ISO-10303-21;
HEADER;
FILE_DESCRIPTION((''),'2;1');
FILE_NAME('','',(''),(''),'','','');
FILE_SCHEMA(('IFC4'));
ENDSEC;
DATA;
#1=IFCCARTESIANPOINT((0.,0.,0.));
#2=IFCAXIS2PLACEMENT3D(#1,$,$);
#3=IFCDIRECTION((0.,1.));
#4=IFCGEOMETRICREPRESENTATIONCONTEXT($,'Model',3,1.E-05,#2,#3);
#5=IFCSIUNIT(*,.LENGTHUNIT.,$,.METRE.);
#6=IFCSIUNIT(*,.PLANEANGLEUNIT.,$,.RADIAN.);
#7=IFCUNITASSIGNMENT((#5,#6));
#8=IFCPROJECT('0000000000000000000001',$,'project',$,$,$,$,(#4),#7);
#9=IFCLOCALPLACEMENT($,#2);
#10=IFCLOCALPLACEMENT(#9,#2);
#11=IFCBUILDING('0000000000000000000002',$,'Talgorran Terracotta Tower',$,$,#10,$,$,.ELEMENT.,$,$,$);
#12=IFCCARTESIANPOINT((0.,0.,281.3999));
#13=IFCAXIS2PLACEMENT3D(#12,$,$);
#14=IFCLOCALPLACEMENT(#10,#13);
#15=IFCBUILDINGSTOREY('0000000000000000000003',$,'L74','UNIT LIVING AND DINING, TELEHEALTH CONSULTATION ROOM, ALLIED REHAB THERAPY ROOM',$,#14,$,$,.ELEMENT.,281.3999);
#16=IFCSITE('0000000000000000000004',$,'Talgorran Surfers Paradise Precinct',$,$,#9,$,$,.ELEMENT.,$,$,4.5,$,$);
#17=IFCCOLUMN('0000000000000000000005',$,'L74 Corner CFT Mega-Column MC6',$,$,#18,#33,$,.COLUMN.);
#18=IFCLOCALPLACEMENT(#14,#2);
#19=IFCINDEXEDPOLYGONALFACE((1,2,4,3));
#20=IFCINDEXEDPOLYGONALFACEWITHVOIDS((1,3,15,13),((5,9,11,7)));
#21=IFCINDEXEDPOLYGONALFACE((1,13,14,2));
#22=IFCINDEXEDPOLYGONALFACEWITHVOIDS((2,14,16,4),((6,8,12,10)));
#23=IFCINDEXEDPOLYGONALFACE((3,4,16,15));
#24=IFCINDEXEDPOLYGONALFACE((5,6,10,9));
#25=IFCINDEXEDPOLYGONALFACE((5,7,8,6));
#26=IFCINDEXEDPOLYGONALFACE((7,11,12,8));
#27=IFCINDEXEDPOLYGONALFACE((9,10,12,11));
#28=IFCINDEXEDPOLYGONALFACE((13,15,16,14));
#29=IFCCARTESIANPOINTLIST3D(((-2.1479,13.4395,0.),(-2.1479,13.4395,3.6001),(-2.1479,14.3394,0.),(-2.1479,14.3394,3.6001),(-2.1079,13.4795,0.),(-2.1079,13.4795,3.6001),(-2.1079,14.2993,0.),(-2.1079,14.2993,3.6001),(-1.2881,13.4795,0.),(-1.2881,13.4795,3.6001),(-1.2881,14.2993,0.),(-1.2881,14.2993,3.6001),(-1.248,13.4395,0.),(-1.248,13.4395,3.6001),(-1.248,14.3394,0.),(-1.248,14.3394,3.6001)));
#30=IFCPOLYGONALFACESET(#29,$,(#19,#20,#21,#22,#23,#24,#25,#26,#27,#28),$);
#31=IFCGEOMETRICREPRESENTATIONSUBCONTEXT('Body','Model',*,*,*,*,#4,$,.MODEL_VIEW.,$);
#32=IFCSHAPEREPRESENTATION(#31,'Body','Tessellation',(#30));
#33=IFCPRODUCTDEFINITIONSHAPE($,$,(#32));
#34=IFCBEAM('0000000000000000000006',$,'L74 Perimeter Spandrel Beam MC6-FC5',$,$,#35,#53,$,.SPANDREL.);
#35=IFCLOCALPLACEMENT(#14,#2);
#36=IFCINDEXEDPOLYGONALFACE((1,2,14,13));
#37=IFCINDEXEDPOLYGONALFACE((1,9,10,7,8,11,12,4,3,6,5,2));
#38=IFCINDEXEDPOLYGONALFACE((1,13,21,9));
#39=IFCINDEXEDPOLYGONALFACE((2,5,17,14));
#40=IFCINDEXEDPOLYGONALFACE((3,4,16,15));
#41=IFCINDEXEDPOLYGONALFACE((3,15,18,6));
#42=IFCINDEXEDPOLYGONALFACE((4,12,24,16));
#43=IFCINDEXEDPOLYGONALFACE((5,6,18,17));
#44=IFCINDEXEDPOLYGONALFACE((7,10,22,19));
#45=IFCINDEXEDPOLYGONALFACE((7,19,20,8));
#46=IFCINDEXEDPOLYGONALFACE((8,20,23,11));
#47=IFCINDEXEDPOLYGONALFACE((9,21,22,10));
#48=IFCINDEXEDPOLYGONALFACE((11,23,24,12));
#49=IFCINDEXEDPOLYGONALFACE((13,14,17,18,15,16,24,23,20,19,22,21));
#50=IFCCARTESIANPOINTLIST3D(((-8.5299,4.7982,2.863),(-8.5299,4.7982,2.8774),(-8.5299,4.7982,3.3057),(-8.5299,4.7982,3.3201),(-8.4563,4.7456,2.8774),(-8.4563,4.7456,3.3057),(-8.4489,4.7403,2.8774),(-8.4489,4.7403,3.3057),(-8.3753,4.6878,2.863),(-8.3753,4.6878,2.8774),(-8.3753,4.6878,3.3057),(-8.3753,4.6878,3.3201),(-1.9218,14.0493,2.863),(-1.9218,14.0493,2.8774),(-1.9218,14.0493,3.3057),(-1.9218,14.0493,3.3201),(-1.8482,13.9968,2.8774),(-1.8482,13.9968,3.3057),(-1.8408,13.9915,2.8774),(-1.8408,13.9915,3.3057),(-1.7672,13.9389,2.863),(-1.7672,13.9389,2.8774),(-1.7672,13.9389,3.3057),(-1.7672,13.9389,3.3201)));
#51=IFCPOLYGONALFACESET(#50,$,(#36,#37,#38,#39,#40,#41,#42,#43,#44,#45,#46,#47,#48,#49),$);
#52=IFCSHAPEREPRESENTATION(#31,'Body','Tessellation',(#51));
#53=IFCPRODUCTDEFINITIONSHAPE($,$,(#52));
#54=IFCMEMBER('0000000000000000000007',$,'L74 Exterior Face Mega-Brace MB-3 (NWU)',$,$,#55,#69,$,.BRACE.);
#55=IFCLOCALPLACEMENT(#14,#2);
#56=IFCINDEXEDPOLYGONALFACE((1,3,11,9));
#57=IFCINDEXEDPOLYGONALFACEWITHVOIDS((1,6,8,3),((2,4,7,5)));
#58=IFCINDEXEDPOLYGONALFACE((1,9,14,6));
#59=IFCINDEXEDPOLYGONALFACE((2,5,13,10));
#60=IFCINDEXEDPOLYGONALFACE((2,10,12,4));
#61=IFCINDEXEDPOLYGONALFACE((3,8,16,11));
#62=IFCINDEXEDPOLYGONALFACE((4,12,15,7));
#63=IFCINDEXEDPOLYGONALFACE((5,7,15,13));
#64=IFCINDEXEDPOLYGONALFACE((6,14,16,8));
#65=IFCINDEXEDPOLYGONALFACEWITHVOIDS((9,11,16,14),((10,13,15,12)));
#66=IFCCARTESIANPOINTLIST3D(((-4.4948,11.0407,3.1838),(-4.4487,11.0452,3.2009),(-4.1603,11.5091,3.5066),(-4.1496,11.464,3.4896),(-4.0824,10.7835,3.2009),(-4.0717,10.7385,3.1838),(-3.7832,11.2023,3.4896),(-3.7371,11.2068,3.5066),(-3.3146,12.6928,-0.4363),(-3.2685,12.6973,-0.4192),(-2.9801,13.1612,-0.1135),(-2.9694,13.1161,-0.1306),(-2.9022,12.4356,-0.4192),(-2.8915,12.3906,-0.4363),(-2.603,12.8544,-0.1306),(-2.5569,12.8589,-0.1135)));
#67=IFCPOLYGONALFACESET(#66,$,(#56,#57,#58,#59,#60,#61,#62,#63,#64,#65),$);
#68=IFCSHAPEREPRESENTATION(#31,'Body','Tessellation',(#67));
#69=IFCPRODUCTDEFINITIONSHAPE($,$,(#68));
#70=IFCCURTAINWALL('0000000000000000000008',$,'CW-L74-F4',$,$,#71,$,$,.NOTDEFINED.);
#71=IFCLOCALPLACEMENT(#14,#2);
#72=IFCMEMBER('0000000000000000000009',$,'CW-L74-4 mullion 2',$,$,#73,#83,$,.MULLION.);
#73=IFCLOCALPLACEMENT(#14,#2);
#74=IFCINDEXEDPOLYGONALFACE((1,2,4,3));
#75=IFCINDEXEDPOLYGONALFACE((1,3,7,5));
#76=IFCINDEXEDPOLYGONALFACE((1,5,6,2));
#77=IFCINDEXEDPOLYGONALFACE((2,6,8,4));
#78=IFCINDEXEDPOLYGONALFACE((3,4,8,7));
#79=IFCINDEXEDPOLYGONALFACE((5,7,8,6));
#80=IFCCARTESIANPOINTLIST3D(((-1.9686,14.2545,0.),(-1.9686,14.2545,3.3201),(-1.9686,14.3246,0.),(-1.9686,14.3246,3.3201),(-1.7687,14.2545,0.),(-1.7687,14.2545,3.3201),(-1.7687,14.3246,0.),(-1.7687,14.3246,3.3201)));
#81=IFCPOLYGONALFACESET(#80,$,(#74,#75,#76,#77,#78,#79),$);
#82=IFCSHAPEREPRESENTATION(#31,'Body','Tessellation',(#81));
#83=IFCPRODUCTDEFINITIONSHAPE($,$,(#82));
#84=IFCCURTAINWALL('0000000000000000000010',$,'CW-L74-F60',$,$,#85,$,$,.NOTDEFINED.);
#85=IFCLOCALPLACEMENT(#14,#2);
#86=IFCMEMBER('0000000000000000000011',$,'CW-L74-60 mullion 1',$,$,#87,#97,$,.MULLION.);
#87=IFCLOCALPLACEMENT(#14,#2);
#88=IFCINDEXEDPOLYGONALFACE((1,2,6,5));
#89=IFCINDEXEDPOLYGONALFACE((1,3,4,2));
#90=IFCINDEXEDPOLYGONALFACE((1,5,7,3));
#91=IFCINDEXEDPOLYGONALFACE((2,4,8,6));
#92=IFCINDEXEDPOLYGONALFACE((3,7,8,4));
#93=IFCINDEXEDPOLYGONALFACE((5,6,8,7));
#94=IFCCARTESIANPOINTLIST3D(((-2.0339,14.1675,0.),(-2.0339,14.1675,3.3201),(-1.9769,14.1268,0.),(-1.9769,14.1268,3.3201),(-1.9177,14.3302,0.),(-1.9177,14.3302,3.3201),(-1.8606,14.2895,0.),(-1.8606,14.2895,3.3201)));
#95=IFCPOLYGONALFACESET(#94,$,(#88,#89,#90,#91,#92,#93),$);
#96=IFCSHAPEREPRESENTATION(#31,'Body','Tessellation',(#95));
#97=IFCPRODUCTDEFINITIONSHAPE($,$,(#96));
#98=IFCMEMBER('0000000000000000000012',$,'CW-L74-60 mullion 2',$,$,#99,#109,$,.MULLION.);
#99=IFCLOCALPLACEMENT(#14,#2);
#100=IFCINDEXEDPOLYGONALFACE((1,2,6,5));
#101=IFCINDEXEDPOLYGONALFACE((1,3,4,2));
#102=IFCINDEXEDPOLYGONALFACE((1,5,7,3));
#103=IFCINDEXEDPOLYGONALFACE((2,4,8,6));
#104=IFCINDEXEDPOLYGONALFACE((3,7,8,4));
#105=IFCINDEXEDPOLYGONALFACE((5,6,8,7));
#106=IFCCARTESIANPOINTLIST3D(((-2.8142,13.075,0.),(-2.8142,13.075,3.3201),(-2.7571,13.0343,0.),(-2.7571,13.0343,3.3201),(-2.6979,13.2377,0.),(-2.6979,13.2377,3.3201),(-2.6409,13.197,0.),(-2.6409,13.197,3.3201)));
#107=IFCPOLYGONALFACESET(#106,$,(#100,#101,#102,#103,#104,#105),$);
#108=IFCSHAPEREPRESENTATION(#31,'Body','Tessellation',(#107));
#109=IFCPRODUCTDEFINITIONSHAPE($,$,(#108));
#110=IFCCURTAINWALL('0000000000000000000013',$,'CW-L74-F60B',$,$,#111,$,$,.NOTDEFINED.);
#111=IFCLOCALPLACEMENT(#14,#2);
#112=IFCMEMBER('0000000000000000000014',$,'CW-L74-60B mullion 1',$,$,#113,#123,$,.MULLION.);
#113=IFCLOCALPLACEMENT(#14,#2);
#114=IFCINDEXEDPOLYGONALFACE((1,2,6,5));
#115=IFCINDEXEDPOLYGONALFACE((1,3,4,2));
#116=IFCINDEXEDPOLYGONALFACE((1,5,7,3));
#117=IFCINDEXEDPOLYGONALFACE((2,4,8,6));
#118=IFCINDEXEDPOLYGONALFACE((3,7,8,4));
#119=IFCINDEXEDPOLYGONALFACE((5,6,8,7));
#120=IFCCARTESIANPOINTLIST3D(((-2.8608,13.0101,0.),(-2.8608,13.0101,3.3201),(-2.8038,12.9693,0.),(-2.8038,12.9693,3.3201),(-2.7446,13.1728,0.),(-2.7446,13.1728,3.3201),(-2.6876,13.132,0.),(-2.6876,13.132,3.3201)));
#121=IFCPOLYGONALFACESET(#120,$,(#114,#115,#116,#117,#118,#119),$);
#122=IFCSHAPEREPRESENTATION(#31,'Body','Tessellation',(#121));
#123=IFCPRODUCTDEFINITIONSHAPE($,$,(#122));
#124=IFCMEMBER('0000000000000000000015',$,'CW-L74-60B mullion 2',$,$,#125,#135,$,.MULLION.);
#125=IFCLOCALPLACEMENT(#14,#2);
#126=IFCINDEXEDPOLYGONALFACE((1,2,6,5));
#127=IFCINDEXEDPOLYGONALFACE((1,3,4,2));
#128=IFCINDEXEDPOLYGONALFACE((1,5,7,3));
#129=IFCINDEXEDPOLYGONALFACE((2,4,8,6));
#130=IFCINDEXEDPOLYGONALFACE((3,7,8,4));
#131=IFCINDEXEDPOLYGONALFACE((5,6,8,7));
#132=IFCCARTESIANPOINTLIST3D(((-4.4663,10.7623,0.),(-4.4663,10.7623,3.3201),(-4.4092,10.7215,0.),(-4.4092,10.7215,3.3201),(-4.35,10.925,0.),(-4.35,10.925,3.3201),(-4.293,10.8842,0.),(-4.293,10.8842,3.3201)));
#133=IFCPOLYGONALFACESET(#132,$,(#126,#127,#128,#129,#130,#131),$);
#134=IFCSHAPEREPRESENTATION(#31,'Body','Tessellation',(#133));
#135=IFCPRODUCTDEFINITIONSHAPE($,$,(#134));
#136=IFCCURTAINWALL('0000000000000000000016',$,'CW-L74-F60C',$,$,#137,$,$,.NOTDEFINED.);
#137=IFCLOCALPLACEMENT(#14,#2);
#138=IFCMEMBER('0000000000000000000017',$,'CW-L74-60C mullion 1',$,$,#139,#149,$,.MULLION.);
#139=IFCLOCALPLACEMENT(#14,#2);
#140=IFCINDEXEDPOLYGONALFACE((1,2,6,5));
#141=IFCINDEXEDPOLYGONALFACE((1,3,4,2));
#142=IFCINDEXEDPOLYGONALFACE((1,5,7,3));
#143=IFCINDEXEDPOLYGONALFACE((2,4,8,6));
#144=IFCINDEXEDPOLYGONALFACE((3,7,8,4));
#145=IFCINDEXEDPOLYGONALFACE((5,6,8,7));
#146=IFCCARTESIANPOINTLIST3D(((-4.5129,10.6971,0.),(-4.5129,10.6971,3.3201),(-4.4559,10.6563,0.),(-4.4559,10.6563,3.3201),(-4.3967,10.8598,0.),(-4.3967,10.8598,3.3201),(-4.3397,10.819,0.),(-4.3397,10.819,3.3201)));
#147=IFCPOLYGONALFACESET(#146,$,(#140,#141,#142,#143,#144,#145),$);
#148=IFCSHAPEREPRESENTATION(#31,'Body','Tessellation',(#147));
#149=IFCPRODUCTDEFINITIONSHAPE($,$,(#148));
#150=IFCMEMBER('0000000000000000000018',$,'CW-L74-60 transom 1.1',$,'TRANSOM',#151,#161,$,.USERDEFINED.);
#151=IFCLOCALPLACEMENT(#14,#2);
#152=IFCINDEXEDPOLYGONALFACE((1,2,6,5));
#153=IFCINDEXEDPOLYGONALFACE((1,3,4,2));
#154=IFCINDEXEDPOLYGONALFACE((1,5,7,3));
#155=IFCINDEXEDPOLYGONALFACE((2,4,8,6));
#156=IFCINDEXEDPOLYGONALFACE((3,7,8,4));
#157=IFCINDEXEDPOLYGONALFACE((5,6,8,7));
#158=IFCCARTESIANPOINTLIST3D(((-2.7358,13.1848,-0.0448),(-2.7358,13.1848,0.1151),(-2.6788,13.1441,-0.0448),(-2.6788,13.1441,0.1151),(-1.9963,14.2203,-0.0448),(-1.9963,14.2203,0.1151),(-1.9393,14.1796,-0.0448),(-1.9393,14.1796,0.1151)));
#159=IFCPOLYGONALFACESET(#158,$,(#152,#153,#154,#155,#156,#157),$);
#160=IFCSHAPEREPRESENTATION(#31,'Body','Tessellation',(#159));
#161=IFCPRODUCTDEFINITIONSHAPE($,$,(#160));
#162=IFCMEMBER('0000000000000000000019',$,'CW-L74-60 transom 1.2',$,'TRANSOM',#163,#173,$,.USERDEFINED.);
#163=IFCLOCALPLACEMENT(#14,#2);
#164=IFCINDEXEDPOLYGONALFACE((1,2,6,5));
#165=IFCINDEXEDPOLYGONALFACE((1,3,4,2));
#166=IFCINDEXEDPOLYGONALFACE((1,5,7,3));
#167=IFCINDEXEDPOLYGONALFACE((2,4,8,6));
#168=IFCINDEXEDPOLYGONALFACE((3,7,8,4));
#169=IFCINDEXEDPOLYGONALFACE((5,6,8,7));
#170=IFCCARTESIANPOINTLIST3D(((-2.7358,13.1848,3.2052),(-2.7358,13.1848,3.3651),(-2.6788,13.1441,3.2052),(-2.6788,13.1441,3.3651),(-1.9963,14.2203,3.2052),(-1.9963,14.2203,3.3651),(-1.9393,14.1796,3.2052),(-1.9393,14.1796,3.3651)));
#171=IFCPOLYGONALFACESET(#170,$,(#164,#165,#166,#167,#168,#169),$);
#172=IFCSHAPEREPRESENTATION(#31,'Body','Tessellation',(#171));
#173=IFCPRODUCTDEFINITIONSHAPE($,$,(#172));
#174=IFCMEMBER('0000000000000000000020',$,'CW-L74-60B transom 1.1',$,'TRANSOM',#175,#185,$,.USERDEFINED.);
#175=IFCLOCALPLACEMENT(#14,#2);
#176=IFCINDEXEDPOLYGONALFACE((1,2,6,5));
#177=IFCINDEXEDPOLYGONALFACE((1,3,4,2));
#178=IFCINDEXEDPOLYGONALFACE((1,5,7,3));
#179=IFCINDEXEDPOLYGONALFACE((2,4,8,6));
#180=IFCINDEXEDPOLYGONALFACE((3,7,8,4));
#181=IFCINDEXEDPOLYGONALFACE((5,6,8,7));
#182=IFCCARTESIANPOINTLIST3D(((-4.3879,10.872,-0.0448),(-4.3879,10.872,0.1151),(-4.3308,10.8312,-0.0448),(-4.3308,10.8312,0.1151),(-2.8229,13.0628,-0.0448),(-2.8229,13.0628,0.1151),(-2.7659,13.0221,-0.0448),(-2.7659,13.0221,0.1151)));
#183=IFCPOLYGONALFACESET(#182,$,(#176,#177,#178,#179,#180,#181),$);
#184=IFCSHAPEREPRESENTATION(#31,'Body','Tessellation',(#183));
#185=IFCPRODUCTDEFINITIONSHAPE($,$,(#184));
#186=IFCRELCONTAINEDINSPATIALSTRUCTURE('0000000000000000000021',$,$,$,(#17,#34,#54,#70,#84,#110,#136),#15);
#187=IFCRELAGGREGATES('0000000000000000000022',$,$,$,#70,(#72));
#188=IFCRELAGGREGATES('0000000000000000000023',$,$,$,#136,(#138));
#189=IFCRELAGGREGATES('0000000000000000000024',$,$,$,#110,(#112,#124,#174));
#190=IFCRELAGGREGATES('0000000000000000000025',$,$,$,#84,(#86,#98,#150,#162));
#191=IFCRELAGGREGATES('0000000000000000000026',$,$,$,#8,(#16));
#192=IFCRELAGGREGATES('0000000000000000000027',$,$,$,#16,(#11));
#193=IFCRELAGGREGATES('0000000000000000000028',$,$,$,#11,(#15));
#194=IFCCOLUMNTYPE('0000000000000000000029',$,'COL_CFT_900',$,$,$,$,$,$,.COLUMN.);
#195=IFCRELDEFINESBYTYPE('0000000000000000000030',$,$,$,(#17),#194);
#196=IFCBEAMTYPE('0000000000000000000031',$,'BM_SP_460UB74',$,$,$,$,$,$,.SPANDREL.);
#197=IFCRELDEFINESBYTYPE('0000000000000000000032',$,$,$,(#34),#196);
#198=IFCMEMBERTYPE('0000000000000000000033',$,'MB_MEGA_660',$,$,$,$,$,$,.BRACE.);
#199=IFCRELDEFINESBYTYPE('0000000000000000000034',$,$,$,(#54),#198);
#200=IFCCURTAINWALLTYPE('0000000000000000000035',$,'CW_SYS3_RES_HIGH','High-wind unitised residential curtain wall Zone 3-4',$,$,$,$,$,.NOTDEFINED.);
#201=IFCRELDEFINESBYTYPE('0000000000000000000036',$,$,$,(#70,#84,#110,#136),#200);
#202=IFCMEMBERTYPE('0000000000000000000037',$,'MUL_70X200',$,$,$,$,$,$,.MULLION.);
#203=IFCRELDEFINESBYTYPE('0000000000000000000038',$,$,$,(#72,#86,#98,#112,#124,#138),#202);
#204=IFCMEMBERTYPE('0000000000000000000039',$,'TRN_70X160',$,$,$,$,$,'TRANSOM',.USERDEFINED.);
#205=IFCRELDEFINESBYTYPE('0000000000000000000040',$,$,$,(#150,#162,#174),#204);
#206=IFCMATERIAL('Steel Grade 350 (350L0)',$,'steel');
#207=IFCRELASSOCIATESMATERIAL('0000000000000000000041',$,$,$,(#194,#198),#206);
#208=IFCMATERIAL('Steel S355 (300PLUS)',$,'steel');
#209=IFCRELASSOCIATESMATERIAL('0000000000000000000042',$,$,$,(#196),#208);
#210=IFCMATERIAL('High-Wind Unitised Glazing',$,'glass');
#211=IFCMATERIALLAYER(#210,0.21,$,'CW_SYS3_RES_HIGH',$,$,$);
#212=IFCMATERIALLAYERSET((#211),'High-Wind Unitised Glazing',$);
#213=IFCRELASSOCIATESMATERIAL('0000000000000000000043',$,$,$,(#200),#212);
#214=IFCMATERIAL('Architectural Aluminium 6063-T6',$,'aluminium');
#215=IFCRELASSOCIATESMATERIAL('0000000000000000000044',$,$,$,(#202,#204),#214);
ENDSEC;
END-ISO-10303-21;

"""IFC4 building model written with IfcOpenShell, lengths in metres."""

from ifc_helpers import new_model, si_unit, direction, frame, origin, origin_2d, place, context, subcontext, project, spatial, rectangle, hollow_rectangle, i_section, extrude, material, layer, layer_set, material_profile, profile_set, type_object, element, aggregate, save


model = new_model("IFC4")

# Units and contexts
model_context = context("Model", 3, precision=1e-05, world=origin(), true_north=direction((0.0, 1.0)))
body_context = subcontext(model_context, "Body", "Model", "MODEL_VIEW")
ifc_project = project(units=[si_unit("LENGTHUNIT", "METRE"), si_unit("PLANEANGLEUNIT", "RADIAN")], contexts=[model_context])

# Site, building, storey
site_placement = place(None, origin())
site = spatial("IfcSite", under=ifc_project, at=site_placement, Name="Talgorran Surfers Paradise Precinct", CompositionType="ELEMENT", RefElevation=4.5)
building_placement = place(site_placement, origin())
building = spatial("IfcBuilding", under=site, at=building_placement, Name="Talgorran Terracotta Tower", CompositionType="ELEMENT")
storey_placement = place(building_placement, frame((0.0, 0.0, 281.3999)))
storey = spatial("IfcBuildingStorey", under=building, at=storey_placement, Name="L74", Description="UNIT LIVING AND DINING, TELEHEALTH CONSULTATION ROOM, ALLIED REHAB THERAPY ROOM", CompositionType="ELEMENT", Elevation=281.3999)

# Column
ifc_material_1 = material(Name="Steel Grade 350 (350L0)", Category="steel")
ifc_material_profile_1 = material_profile(ifc_material_1, hollow_rectangle(XDim=0.8999, YDim=0.8999, WallThickness=0.04, at=origin_2d()), Name="CFT900X900X40")
ifc_profile_set_1 = profile_set([ifc_material_profile_1], Name="Steel Grade 350 (350L0)")
column_type = type_object("IfcColumnType", Name="COL_CFT_900", PredefinedType="COLUMN", material=ifc_profile_set_1)
column_placement = place(storey_placement, frame((-1.698, 13.8894, 0.0), z_axis=(0.0, 0.0, 1.0), x_axis=(1.0, 0.0, 0.0)))
element("IfcColumn", 1, at=column_placement, inside=storey, type_object=column_type, Name="L74 Corner CFT Mega-Column MC6", PredefinedType="COLUMN", context=body_context, shape_type="SweptSolid", body=[
    extrude(hollow_rectangle(XDim=0.8999, YDim=0.8999, WallThickness=0.04, at=origin_2d()), origin(), (0.0, 0.0, 1.0), 3.6001),
])

# Beam
ifc_material_2 = material(Name="Steel S355 (300PLUS)", Category="steel")
ifc_material_profile_2 = material_profile(ifc_material_2, i_section(OverallWidth=0.1899, OverallDepth=0.457, WebThickness=0.009, FlangeThickness=0.0144, at=origin_2d()), Name="460UB74.6")
ifc_profile_set_2 = profile_set([ifc_material_profile_2], Name="Steel S355 (300PLUS)")
beam_type = type_object("IfcBeamType", Name="BM_SP_460UB74", PredefinedType="SPANDREL", material=ifc_profile_set_2)
beam_placement = place(storey_placement, frame((-1.8445, 13.9941, 3.0916), z_axis=(-0.581246, -0.813728, 0.0), x_axis=(0.813728, -0.581246, 0.0)))
element("IfcBeam", 2, at=beam_placement, inside=storey, type_object=beam_type, Name="L74 Perimeter Spandrel Beam MC6-FC5", PredefinedType="SPANDREL", context=body_context, shape_type="SweptSolid", body=[
    extrude(i_section(OverallWidth=0.1899, OverallDepth=0.457, WebThickness=0.009, FlangeThickness=0.0144, at=origin_2d()), origin(), (0.0, 0.0, 1.0), 11.3689),
])

# Member
ifc_material_profile_3 = material_profile(ifc_material_1, hollow_rectangle(XDim=0.52, YDim=0.6599, WallThickness=0.0349, at=origin_2d()), Name="WBOX660X520X35")
ifc_profile_set_3 = profile_set([ifc_material_profile_3], Name="Steel Grade 350 (350L0)")
member_type_1 = type_object("IfcMemberType", Name="MB_MEGA_660", PredefinedType="BRACE", material=ifc_profile_set_3)
member_1_placement = place(storey_placement, frame((-2.9358, 12.7759, -0.2749), z_axis=(-0.284338, -0.398039, 0.872191), x_axis=(0.813709, -0.581272, 0.0)))
element("IfcMember", 3, at=member_1_placement, inside=storey, type_object=member_type_1, Name="L74 Exterior Face Mega-Brace MB-3 (NWU)", PredefinedType="BRACE", context=body_context, shape_type="SweptSolid", body=[
    extrude(hollow_rectangle(XDim=0.52, YDim=0.6599, WallThickness=0.0349, at=origin_2d()), origin(), (0.0, 0.0, 1.0), 4.1506),
])

# Curtain wall, member
ifc_material_3 = material(Name="High-Wind Unitised Glazing", Category="glass")
ifc_layer_1 = layer(ifc_material_3, 0.21, Name="CW_SYS3_RES_HIGH")
ifc_layer_set_1 = layer_set([ifc_layer_1], Name="High-Wind Unitised Glazing")
curtain_wall_type = type_object("IfcCurtainWallType", Name="CW_SYS3_RES_HIGH", Description="High-wind unitised residential curtain wall Zone 3-4", PredefinedType="NOTDEFINED", material=ifc_layer_set_1)
curtain_wall_1_placement = place(storey_placement, origin())
curtain_wall_1 = element("IfcCurtainWall", 4, at=curtain_wall_1_placement, inside=storey, type_object=curtain_wall_type, Name="CW-L74-F4", PredefinedType="NOTDEFINED")
ifc_material_4 = material(Name="Architectural Aluminium 6063-T6", Category="aluminium")
ifc_material_profile_4 = material_profile(ifc_material_4, rectangle(XDim=0.0701, YDim=0.2, at=origin_2d()), Name="CWM70X200")
ifc_profile_set_4 = profile_set([ifc_material_profile_4], Name="Architectural Aluminium 6063-T6")
member_type_2 = type_object("IfcMemberType", Name="MUL_70X200", PredefinedType="MULLION", material=ifc_profile_set_4)
member_2_placement = place(storey_placement, frame((-1.8687, 14.2896, 0.0), z_axis=(0.0, 0.0, 1.0), x_axis=(0.0, -1.0, 0.0)))
member_2 = element("IfcMember", 5, at=member_2_placement, type_object=member_type_2, Name="CW-L74-4 mullion 2", PredefinedType="MULLION", context=body_context, shape_type="SweptSolid", body=[
    extrude(rectangle(XDim=0.0701, YDim=0.2, at=origin_2d()), origin(), (0.0, 0.0, 1.0), 3.3201),
])
aggregate(curtain_wall_1, [member_2])

# Curtain walls, members
curtain_wall_2_placement = place(storey_placement, origin())
curtain_wall_2 = element("IfcCurtainWall", 6, at=curtain_wall_2_placement, inside=storey, type_object=curtain_wall_type, Name="CW-L74-F60", PredefinedType="NOTDEFINED")
member_3_placement = place(storey_placement, frame((-1.9473, 14.2285, 0.0), z_axis=(0.0, 0.0, 1.0), x_axis=(0.813733, -0.581238, 0.0)))
member_3 = element("IfcMember", 7, at=member_3_placement, type_object=member_type_2, Name="CW-L74-60 mullion 1", PredefinedType="MULLION", context=body_context, shape_type="SweptSolid", body=[
    extrude(rectangle(XDim=0.0701, YDim=0.2, at=origin_2d()), origin(), (0.0, 0.0, 1.0), 3.3201),
])
member_4_placement = place(storey_placement, frame((-2.7275, 13.136, 0.0), z_axis=(0.0, 0.0, 1.0), x_axis=(0.813733, -0.581238, 0.0)))
member_4 = element("IfcMember", 8, at=member_4_placement, type_object=member_type_2, Name="CW-L74-60 mullion 2", PredefinedType="MULLION", context=body_context, shape_type="SweptSolid", body=[
    extrude(rectangle(XDim=0.0701, YDim=0.2, at=origin_2d()), origin(), (0.0, 0.0, 1.0), 3.3201),
])
curtain_wall_3_placement = place(storey_placement, origin())
curtain_wall_3 = element("IfcCurtainWall", 9, at=curtain_wall_3_placement, inside=storey, type_object=curtain_wall_type, Name="CW-L74-F60B", PredefinedType="NOTDEFINED")
member_5_placement = place(storey_placement, frame((-2.7742, 13.071, 0.0), z_axis=(0.0, 0.0, 1.0), x_axis=(0.813731, -0.581242, 0.0)))
member_5 = element("IfcMember", 10, at=member_5_placement, type_object=member_type_2, Name="CW-L74-60B mullion 1", PredefinedType="MULLION", context=body_context, shape_type="SweptSolid", body=[
    extrude(rectangle(XDim=0.0701, YDim=0.2, at=origin_2d()), origin(), (0.0, 0.0, 1.0), 3.3201),
])
member_6_placement = place(storey_placement, frame((-4.3796, 10.8232, 0.0), z_axis=(0.0, 0.0, 1.0), x_axis=(0.813731, -0.581242, 0.0)))
member_6 = element("IfcMember", 11, at=member_6_placement, type_object=member_type_2, Name="CW-L74-60B mullion 2", PredefinedType="MULLION", context=body_context, shape_type="SweptSolid", body=[
    extrude(rectangle(XDim=0.0701, YDim=0.2, at=origin_2d()), origin(), (0.0, 0.0, 1.0), 3.3201),
])

# Curtain wall, member
curtain_wall_4_placement = place(storey_placement, origin())
curtain_wall_4 = element("IfcCurtainWall", 12, at=curtain_wall_4_placement, inside=storey, type_object=curtain_wall_type, Name="CW-L74-F60C", PredefinedType="NOTDEFINED")
member_7_placement = place(storey_placement, frame((-4.4263, 10.7581, 0.0), z_axis=(0.0, 0.0, 1.0), x_axis=(0.813728, -0.581246, 0.0)))
member_7 = element("IfcMember", 13, at=member_7_placement, type_object=member_type_2, Name="CW-L74-60C mullion 1", PredefinedType="MULLION", context=body_context, shape_type="SweptSolid", body=[
    extrude(rectangle(XDim=0.0701, YDim=0.2, at=origin_2d()), origin(), (0.0, 0.0, 1.0), 3.3201),
])

# Members
ifc_material_profile_5 = material_profile(ifc_material_4, rectangle(XDim=0.0701, YDim=0.1599, at=origin_2d()), Name="CWT70X160")
ifc_profile_set_5 = profile_set([ifc_material_profile_5], Name="Architectural Aluminium 6063-T6")
member_type_3 = type_object("IfcMemberType", Name="TRN_70X160", ElementType="TRANSOM", PredefinedType="USERDEFINED", material=ifc_profile_set_5)
member_8_placement = place(storey_placement, frame((-1.9678, 14.2, 0.0352), z_axis=(-0.581202, -0.813759, 0.0), x_axis=(0.813759, -0.581202, 0.0)))
member_8 = element("IfcMember", 14, at=member_8_placement, type_object=member_type_3, Name="CW-L74-60 transom 1.1", ObjectType="TRANSOM", PredefinedType="USERDEFINED", context=body_context, shape_type="SweptSolid", body=[
    extrude(rectangle(XDim=0.0701, YDim=0.1599, at=origin_2d()), origin(), (0.0, 0.0, 1.0), 1.2725),
])
member_9_placement = place(storey_placement, frame((-1.9678, 14.2, 3.2852), z_axis=(-0.581202, -0.813759, 0.0), x_axis=(0.813759, -0.581202, 0.0)))
member_9 = element("IfcMember", 15, at=member_9_placement, type_object=member_type_3, Name="CW-L74-60 transom 1.2", ObjectType="TRANSOM", PredefinedType="USERDEFINED", context=body_context, shape_type="SweptSolid", body=[
    extrude(rectangle(XDim=0.0701, YDim=0.1599, at=origin_2d()), origin(), (0.0, 0.0, 1.0), 1.2725),
])
member_10_placement = place(storey_placement, frame((-2.7944, 13.0425, 0.0352), z_axis=(-0.581238, -0.813733, 0.0), x_axis=(0.813733, -0.581238, 0.0)))
member_10 = element("IfcMember", 16, at=member_10_placement, type_object=member_type_3, Name="CW-L74-60B transom 1.1", ObjectType="TRANSOM", PredefinedType="USERDEFINED", context=body_context, shape_type="SweptSolid", body=[
    extrude(rectangle(XDim=0.0701, YDim=0.1599, at=origin_2d()), origin(), (0.0, 0.0, 1.0), 2.6924),
])
aggregate(curtain_wall_4, [member_7])

aggregate(curtain_wall_3, [member_5, member_6, member_10])
aggregate(curtain_wall_2, [member_3, member_4, member_8, member_9])

save(model, "model.ifc")
